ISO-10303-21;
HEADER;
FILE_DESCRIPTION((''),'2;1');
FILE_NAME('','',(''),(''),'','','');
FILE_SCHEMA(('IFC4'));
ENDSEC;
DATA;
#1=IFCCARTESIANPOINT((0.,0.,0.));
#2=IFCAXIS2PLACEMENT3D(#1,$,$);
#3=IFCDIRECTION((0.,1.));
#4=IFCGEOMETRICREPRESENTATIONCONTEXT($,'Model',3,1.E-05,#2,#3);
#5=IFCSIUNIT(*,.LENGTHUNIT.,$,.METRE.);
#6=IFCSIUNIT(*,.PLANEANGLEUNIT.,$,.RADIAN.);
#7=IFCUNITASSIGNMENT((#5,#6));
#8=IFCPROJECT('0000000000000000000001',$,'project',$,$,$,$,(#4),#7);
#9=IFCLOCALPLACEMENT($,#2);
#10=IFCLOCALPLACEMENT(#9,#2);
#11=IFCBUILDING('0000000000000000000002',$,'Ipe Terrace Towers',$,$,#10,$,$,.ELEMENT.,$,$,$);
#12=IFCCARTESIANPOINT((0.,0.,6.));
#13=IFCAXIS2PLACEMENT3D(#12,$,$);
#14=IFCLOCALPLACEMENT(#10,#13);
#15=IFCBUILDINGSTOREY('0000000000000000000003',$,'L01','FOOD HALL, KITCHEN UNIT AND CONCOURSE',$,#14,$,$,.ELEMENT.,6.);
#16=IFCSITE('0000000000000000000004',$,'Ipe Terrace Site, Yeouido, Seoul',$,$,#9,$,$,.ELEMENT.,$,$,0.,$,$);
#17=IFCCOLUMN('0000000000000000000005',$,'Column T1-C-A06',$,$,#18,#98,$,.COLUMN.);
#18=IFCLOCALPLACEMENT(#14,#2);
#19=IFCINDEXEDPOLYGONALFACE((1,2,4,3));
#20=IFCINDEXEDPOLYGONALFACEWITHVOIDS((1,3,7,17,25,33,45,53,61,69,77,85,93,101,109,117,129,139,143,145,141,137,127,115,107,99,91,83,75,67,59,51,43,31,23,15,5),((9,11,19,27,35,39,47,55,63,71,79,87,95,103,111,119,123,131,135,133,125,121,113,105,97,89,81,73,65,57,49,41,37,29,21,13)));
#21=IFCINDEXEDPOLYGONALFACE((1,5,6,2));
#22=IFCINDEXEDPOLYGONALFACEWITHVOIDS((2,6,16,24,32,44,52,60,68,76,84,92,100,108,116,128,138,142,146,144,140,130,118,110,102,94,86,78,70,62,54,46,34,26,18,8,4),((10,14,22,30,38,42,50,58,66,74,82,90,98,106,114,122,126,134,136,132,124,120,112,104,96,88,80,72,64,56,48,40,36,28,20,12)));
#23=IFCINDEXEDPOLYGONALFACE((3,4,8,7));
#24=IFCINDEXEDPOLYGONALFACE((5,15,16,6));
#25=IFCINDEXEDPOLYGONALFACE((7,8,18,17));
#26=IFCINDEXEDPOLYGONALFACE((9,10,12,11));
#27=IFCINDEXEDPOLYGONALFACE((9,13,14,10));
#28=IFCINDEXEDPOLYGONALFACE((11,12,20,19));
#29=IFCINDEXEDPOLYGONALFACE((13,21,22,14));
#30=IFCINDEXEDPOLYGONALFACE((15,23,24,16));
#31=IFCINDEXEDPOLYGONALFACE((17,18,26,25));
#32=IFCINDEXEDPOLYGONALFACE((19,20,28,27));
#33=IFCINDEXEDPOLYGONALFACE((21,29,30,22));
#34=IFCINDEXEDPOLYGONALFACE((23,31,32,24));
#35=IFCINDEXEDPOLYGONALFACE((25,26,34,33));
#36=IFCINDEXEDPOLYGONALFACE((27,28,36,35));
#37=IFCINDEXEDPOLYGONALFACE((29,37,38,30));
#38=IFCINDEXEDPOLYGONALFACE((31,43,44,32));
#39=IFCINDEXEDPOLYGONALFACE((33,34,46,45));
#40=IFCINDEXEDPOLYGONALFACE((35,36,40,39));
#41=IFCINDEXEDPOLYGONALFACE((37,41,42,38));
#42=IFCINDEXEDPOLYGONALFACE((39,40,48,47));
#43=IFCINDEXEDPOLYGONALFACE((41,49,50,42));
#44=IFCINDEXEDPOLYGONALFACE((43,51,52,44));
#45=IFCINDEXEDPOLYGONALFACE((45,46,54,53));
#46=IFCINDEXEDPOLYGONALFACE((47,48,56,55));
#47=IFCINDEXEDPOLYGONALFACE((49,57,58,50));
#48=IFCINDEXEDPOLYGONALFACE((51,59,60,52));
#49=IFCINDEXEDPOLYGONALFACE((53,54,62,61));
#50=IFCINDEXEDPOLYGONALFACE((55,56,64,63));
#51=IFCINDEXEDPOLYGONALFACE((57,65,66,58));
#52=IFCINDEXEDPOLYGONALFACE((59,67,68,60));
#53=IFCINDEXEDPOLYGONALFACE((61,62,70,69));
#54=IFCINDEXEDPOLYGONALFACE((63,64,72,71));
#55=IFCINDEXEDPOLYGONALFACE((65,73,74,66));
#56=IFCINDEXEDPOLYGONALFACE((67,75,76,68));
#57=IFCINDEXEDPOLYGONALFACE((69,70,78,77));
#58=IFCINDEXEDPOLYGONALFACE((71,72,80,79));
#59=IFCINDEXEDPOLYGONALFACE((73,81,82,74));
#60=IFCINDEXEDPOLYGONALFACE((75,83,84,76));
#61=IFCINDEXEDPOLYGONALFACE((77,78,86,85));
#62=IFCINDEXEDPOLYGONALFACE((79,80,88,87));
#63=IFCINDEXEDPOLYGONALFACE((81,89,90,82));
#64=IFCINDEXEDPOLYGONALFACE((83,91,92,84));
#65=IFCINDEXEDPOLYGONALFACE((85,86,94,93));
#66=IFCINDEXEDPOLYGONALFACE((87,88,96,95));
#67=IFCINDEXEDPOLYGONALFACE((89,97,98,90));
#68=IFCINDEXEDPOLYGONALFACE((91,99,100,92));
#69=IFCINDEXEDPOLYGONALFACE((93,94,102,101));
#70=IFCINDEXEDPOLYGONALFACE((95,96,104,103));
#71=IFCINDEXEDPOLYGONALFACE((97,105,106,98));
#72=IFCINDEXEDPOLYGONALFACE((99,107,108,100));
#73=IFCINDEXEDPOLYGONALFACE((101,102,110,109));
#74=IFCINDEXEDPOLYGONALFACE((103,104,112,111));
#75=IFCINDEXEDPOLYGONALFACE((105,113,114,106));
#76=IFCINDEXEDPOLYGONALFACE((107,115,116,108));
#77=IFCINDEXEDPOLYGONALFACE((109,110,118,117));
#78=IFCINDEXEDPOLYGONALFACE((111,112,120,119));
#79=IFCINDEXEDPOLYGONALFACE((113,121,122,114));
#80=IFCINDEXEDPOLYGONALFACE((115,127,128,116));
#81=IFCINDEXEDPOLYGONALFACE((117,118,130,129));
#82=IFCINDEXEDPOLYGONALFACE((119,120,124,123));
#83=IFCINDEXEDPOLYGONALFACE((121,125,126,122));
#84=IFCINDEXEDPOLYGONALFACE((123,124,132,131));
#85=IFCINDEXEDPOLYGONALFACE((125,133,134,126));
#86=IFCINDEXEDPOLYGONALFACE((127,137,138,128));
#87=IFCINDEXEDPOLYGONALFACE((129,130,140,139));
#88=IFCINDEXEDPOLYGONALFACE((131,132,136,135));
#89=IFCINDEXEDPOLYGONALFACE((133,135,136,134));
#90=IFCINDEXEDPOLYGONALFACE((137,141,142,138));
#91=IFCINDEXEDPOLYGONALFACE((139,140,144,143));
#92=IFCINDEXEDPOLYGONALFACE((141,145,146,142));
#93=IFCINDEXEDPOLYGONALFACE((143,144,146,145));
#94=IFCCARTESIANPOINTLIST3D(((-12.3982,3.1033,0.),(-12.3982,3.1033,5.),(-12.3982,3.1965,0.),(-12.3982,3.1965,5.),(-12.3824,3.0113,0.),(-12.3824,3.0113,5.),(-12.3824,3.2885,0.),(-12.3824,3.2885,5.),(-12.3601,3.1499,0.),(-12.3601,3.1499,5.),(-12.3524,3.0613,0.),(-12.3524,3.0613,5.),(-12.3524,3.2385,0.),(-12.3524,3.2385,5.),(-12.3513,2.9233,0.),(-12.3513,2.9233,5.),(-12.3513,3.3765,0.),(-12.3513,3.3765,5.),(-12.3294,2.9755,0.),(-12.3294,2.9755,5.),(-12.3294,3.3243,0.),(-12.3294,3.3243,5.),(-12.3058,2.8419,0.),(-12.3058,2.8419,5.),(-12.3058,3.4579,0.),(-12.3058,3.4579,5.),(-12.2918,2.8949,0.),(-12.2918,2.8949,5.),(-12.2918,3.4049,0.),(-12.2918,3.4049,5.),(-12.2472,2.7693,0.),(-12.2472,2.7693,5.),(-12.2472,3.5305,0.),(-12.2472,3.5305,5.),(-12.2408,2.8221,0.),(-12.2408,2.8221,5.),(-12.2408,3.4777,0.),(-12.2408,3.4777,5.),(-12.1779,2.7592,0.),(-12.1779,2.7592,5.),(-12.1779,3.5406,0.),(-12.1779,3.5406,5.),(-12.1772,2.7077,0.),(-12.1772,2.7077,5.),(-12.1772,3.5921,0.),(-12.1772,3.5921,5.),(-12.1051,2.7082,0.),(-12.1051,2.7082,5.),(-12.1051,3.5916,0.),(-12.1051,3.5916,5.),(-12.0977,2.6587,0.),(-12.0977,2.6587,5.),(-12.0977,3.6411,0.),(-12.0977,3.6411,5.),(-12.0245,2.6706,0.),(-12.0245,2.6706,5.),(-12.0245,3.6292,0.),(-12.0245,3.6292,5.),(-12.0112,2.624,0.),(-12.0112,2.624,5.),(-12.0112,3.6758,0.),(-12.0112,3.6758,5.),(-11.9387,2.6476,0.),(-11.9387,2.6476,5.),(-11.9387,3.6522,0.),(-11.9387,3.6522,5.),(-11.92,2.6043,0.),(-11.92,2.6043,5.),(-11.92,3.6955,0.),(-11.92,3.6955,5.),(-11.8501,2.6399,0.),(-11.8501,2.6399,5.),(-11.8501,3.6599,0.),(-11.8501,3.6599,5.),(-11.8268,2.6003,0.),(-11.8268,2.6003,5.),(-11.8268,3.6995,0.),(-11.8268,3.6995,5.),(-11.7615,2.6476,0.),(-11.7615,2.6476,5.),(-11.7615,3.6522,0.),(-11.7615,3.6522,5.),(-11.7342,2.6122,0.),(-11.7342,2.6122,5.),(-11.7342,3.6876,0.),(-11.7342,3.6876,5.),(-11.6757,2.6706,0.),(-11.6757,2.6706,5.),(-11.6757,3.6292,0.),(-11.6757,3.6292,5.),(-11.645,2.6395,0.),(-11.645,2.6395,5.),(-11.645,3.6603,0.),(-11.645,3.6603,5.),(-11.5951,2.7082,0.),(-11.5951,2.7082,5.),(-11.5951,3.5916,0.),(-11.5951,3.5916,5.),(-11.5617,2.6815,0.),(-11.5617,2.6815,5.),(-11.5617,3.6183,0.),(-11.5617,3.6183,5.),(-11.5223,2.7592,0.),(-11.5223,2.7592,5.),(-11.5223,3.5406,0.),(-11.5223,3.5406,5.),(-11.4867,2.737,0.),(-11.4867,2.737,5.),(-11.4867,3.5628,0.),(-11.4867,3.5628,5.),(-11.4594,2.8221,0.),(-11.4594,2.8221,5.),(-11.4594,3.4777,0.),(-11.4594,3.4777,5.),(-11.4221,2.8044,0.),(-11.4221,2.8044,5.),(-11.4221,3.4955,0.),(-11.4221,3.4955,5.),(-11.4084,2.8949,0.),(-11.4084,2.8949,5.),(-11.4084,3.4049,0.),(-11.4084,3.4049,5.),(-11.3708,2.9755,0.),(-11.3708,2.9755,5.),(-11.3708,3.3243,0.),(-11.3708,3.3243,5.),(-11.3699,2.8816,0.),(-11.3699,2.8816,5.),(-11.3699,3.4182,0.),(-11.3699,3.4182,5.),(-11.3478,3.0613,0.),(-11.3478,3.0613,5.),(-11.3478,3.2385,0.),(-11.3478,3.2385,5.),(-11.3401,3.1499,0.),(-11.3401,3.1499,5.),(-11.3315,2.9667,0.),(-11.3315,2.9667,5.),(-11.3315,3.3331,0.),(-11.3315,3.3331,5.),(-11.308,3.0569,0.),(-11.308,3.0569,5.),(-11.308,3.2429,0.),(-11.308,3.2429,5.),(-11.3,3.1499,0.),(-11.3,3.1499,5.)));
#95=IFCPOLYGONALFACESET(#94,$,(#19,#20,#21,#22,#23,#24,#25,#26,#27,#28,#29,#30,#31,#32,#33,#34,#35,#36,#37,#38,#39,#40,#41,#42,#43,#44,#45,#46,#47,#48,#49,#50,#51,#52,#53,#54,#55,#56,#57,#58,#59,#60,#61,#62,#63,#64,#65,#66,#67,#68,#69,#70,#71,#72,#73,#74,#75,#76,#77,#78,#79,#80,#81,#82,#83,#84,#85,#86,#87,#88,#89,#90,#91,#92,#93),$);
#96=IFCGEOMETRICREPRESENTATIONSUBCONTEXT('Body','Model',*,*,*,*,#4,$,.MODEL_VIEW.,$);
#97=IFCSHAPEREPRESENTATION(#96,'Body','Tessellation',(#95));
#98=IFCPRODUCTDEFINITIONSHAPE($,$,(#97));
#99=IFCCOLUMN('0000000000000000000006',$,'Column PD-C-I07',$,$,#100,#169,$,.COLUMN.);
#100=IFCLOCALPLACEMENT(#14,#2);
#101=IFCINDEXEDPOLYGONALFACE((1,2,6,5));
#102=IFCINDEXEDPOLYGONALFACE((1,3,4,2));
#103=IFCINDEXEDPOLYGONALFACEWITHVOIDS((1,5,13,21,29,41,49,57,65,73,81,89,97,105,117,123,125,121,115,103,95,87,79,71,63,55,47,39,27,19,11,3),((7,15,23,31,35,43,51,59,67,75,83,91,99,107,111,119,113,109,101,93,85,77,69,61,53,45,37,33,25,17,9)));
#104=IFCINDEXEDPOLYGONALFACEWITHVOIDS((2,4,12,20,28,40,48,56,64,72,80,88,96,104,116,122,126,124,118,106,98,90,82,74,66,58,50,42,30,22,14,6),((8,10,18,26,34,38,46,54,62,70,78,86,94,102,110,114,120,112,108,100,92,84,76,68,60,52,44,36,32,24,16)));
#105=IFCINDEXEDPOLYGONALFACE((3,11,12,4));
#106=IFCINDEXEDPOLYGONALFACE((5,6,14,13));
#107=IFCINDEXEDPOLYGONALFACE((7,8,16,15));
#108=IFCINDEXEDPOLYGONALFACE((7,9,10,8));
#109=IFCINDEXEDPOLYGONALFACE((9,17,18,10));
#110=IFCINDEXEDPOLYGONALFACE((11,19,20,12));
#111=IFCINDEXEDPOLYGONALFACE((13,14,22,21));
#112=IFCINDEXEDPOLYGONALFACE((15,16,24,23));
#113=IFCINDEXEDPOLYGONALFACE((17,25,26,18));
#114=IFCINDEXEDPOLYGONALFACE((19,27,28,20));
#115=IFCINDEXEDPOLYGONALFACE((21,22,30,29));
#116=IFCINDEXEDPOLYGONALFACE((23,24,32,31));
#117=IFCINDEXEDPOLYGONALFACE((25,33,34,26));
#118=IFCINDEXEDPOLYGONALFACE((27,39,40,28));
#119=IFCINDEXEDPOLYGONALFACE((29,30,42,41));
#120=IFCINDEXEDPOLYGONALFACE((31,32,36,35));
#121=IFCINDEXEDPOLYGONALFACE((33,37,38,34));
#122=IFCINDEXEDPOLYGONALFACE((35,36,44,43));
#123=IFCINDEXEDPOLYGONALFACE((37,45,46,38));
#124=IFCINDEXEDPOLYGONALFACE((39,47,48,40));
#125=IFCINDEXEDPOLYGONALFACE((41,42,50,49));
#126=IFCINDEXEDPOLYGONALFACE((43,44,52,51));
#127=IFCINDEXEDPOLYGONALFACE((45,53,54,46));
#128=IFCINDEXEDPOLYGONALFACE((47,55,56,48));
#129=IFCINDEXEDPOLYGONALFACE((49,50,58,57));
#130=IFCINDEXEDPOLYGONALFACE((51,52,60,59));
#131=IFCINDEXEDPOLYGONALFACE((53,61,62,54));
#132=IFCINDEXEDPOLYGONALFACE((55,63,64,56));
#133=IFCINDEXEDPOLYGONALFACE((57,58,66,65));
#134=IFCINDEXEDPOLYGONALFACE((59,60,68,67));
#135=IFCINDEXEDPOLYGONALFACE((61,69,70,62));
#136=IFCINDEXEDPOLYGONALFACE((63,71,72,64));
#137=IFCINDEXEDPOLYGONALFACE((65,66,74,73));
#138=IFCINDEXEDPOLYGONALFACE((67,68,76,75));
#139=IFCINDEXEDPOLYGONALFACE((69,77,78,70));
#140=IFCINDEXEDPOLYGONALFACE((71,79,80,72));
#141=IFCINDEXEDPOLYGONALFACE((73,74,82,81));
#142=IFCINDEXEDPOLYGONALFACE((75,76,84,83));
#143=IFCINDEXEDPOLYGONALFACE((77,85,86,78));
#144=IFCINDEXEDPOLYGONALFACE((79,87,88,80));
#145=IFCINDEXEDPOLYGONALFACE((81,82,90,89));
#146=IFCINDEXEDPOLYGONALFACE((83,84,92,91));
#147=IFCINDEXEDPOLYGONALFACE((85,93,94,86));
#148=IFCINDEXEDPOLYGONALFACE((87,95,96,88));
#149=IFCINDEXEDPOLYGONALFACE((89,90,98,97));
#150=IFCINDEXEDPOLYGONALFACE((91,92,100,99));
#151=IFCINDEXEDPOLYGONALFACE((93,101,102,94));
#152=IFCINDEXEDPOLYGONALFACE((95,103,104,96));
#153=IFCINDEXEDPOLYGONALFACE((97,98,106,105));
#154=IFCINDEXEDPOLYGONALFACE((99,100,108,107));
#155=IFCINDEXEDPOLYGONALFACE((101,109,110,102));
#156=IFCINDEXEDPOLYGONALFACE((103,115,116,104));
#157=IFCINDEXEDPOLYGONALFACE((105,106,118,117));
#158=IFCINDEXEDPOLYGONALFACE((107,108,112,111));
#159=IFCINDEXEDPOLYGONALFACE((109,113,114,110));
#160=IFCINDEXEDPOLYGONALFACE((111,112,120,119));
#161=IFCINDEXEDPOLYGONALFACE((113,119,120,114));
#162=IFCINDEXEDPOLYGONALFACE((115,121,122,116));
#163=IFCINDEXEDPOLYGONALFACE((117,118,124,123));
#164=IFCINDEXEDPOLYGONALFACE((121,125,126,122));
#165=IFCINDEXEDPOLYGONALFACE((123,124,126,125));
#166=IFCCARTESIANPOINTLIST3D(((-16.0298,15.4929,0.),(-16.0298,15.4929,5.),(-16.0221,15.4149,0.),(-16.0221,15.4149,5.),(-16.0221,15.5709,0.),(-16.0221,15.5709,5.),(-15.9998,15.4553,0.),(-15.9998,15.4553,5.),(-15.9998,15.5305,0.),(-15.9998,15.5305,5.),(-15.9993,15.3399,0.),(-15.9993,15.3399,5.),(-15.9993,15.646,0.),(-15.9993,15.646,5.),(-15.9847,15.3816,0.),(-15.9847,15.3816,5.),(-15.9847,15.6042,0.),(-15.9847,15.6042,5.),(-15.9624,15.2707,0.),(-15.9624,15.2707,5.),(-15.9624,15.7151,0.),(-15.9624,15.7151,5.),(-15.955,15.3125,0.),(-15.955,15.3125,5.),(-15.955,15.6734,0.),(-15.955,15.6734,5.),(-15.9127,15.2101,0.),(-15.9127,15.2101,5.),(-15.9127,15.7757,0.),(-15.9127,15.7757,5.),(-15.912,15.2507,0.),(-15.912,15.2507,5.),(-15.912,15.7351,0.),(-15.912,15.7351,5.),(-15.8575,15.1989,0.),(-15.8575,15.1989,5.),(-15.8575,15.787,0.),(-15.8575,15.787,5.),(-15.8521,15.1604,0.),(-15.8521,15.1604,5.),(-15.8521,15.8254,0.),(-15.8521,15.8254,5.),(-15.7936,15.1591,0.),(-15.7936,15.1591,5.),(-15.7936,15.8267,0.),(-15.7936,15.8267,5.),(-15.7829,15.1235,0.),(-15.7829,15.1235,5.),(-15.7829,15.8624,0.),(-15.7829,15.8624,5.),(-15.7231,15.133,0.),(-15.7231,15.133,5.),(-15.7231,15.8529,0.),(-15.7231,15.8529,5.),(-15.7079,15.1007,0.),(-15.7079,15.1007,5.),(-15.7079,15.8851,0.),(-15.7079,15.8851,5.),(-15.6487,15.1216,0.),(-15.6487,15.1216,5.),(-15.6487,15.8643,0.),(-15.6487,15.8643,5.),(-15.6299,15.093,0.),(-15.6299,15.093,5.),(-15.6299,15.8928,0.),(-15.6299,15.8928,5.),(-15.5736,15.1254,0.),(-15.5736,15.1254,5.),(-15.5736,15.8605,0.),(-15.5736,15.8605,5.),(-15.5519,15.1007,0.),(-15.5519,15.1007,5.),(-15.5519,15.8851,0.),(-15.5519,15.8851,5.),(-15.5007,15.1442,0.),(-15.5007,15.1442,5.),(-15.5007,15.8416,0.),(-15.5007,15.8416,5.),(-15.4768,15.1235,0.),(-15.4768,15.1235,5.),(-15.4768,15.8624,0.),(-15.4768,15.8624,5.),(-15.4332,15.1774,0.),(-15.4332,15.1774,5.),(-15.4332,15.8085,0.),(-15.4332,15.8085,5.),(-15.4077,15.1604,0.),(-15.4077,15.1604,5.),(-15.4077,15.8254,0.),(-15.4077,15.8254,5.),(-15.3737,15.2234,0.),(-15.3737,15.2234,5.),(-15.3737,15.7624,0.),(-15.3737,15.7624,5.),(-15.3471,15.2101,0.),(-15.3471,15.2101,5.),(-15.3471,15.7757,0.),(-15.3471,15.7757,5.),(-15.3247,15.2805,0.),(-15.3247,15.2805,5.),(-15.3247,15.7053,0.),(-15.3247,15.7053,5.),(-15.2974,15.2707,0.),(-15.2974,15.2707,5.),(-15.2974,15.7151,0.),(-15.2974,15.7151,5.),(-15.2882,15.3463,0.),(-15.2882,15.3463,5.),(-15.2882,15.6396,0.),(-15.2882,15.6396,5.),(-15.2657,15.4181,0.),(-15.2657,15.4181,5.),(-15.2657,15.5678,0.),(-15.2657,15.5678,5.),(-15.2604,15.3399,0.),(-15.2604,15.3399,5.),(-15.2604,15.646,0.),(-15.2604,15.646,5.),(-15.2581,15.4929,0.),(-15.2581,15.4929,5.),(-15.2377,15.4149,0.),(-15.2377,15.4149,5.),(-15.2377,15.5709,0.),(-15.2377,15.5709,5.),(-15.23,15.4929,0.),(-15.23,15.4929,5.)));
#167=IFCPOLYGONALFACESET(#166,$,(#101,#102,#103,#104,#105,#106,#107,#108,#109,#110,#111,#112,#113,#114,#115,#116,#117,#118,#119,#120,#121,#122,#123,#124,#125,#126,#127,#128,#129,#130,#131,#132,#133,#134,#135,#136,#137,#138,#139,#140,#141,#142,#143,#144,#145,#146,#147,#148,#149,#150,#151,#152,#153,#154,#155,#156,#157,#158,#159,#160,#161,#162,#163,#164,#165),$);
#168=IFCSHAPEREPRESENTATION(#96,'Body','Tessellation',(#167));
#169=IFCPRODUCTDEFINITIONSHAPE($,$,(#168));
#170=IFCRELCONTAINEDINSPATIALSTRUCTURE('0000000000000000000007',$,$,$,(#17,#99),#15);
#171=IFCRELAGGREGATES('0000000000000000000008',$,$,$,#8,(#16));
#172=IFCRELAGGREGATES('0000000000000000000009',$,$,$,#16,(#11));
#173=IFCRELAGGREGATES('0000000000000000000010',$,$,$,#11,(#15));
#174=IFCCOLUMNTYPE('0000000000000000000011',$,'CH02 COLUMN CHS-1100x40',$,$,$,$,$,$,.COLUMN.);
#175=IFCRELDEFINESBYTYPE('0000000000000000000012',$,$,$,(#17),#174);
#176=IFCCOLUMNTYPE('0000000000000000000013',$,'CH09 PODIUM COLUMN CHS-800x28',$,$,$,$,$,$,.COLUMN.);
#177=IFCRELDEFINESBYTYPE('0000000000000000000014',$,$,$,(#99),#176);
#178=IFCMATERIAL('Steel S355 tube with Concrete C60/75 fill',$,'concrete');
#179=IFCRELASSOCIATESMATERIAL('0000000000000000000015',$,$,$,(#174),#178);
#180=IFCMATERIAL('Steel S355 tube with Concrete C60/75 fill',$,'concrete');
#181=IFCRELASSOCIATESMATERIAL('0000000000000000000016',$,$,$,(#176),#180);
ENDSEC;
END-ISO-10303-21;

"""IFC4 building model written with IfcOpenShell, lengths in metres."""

from ifc_helpers import new_model, si_unit, direction, frame, origin, origin_2d, place, context, subcontext, project, spatial, hollow_circle, extrude, material, material_profile, profile_set, type_object, element, save


model = new_model("IFC4")

# Units and contexts
model_context = context("Model", 3, precision=1e-05, world=origin(), true_north=direction((0.0, 1.0)))
body_context = subcontext(model_context, "Body", "Model", "MODEL_VIEW")
ifc_project = project(units=[si_unit("LENGTHUNIT", "METRE"), si_unit("PLANEANGLEUNIT", "RADIAN")], contexts=[model_context])

# Site, building, storey
site_placement = place(None, origin())
site = spatial("IfcSite", under=ifc_project, at=site_placement, Name="Ipe Terrace Site, Yeouido, Seoul", CompositionType="ELEMENT", RefElevation=0.0)
building_placement = place(site_placement, origin())
building = spatial("IfcBuilding", under=site, at=building_placement, Name="Ipe Terrace Towers", CompositionType="ELEMENT")
storey_placement = place(building_placement, frame((0.0, 0.0, 6.0)))
storey = spatial("IfcBuildingStorey", under=building, at=storey_placement, Name="L01", Description="FOOD HALL, KITCHEN UNIT AND CONCOURSE", CompositionType="ELEMENT", Elevation=6.0)

# Columns
ifc_material_1 = material(Name="Steel S355 tube with Concrete C60/75 fill", Category="concrete")
ifc_material_profile_1 = material_profile(ifc_material_1, hollow_circle(Radius=0.55, WallThickness=0.04, at=origin_2d()), Name="CHS-1100x40")
ifc_profile_set_1 = profile_set([ifc_material_profile_1], Name="Steel S355 tube with Concrete C60/75 fill")
column_type_1 = type_object("IfcColumnType", Name="CH02 COLUMN CHS-1100x40", PredefinedType="COLUMN", material=ifc_profile_set_1)
for number, where, z_axis, x_axis, name in (
    (1, (-11.8501, 3.1499, 0.0), (0.0, 0.0, 1.0), (1.0, 0.0, 0.0), "Column T1-C-A06"),
):
    element("IfcColumn", number, at=place(storey_placement, frame(where, z_axis=z_axis, x_axis=x_axis)), inside=storey, type_object=column_type_1, Name=name, PredefinedType="COLUMN", context=body_context, shape_type="SweptSolid", body=[
        extrude(hollow_circle(Radius=0.55, WallThickness=0.04, at=origin_2d()), origin(), (0.0, 0.0, 1.0), 5.0),
    ])
ifc_material_2 = material(Name="Steel S355 tube with Concrete C60/75 fill", Category="concrete")
ifc_material_profile_2 = material_profile(ifc_material_2, hollow_circle(Radius=0.3999, WallThickness=0.0281, at=origin_2d()), Name="CHS-800x28")
ifc_profile_set_2 = profile_set([ifc_material_profile_2], Name="Steel S355 tube with Concrete C60/75 fill")
column_type_2 = type_object("IfcColumnType", Name="CH09 PODIUM COLUMN CHS-800x28", PredefinedType="COLUMN", material=ifc_profile_set_2)
for number, where, z_axis, x_axis, name in (
    (2, (-15.6299, 15.4929, 0.0), (0.0, 0.0, 1.0), (1.0, 0.0, 0.0), "Column PD-C-I07"),
):
    element("IfcColumn", number, at=place(storey_placement, frame(where, z_axis=z_axis, x_axis=x_axis)), inside=storey, type_object=column_type_2, Name=name, PredefinedType="COLUMN", context=body_context, shape_type="SweptSolid", body=[
        extrude(hollow_circle(Radius=0.3999, WallThickness=0.0281, at=origin_2d()), origin(), (0.0, 0.0, 1.0), 5.0),
    ])

save(model, "model.ifc")
